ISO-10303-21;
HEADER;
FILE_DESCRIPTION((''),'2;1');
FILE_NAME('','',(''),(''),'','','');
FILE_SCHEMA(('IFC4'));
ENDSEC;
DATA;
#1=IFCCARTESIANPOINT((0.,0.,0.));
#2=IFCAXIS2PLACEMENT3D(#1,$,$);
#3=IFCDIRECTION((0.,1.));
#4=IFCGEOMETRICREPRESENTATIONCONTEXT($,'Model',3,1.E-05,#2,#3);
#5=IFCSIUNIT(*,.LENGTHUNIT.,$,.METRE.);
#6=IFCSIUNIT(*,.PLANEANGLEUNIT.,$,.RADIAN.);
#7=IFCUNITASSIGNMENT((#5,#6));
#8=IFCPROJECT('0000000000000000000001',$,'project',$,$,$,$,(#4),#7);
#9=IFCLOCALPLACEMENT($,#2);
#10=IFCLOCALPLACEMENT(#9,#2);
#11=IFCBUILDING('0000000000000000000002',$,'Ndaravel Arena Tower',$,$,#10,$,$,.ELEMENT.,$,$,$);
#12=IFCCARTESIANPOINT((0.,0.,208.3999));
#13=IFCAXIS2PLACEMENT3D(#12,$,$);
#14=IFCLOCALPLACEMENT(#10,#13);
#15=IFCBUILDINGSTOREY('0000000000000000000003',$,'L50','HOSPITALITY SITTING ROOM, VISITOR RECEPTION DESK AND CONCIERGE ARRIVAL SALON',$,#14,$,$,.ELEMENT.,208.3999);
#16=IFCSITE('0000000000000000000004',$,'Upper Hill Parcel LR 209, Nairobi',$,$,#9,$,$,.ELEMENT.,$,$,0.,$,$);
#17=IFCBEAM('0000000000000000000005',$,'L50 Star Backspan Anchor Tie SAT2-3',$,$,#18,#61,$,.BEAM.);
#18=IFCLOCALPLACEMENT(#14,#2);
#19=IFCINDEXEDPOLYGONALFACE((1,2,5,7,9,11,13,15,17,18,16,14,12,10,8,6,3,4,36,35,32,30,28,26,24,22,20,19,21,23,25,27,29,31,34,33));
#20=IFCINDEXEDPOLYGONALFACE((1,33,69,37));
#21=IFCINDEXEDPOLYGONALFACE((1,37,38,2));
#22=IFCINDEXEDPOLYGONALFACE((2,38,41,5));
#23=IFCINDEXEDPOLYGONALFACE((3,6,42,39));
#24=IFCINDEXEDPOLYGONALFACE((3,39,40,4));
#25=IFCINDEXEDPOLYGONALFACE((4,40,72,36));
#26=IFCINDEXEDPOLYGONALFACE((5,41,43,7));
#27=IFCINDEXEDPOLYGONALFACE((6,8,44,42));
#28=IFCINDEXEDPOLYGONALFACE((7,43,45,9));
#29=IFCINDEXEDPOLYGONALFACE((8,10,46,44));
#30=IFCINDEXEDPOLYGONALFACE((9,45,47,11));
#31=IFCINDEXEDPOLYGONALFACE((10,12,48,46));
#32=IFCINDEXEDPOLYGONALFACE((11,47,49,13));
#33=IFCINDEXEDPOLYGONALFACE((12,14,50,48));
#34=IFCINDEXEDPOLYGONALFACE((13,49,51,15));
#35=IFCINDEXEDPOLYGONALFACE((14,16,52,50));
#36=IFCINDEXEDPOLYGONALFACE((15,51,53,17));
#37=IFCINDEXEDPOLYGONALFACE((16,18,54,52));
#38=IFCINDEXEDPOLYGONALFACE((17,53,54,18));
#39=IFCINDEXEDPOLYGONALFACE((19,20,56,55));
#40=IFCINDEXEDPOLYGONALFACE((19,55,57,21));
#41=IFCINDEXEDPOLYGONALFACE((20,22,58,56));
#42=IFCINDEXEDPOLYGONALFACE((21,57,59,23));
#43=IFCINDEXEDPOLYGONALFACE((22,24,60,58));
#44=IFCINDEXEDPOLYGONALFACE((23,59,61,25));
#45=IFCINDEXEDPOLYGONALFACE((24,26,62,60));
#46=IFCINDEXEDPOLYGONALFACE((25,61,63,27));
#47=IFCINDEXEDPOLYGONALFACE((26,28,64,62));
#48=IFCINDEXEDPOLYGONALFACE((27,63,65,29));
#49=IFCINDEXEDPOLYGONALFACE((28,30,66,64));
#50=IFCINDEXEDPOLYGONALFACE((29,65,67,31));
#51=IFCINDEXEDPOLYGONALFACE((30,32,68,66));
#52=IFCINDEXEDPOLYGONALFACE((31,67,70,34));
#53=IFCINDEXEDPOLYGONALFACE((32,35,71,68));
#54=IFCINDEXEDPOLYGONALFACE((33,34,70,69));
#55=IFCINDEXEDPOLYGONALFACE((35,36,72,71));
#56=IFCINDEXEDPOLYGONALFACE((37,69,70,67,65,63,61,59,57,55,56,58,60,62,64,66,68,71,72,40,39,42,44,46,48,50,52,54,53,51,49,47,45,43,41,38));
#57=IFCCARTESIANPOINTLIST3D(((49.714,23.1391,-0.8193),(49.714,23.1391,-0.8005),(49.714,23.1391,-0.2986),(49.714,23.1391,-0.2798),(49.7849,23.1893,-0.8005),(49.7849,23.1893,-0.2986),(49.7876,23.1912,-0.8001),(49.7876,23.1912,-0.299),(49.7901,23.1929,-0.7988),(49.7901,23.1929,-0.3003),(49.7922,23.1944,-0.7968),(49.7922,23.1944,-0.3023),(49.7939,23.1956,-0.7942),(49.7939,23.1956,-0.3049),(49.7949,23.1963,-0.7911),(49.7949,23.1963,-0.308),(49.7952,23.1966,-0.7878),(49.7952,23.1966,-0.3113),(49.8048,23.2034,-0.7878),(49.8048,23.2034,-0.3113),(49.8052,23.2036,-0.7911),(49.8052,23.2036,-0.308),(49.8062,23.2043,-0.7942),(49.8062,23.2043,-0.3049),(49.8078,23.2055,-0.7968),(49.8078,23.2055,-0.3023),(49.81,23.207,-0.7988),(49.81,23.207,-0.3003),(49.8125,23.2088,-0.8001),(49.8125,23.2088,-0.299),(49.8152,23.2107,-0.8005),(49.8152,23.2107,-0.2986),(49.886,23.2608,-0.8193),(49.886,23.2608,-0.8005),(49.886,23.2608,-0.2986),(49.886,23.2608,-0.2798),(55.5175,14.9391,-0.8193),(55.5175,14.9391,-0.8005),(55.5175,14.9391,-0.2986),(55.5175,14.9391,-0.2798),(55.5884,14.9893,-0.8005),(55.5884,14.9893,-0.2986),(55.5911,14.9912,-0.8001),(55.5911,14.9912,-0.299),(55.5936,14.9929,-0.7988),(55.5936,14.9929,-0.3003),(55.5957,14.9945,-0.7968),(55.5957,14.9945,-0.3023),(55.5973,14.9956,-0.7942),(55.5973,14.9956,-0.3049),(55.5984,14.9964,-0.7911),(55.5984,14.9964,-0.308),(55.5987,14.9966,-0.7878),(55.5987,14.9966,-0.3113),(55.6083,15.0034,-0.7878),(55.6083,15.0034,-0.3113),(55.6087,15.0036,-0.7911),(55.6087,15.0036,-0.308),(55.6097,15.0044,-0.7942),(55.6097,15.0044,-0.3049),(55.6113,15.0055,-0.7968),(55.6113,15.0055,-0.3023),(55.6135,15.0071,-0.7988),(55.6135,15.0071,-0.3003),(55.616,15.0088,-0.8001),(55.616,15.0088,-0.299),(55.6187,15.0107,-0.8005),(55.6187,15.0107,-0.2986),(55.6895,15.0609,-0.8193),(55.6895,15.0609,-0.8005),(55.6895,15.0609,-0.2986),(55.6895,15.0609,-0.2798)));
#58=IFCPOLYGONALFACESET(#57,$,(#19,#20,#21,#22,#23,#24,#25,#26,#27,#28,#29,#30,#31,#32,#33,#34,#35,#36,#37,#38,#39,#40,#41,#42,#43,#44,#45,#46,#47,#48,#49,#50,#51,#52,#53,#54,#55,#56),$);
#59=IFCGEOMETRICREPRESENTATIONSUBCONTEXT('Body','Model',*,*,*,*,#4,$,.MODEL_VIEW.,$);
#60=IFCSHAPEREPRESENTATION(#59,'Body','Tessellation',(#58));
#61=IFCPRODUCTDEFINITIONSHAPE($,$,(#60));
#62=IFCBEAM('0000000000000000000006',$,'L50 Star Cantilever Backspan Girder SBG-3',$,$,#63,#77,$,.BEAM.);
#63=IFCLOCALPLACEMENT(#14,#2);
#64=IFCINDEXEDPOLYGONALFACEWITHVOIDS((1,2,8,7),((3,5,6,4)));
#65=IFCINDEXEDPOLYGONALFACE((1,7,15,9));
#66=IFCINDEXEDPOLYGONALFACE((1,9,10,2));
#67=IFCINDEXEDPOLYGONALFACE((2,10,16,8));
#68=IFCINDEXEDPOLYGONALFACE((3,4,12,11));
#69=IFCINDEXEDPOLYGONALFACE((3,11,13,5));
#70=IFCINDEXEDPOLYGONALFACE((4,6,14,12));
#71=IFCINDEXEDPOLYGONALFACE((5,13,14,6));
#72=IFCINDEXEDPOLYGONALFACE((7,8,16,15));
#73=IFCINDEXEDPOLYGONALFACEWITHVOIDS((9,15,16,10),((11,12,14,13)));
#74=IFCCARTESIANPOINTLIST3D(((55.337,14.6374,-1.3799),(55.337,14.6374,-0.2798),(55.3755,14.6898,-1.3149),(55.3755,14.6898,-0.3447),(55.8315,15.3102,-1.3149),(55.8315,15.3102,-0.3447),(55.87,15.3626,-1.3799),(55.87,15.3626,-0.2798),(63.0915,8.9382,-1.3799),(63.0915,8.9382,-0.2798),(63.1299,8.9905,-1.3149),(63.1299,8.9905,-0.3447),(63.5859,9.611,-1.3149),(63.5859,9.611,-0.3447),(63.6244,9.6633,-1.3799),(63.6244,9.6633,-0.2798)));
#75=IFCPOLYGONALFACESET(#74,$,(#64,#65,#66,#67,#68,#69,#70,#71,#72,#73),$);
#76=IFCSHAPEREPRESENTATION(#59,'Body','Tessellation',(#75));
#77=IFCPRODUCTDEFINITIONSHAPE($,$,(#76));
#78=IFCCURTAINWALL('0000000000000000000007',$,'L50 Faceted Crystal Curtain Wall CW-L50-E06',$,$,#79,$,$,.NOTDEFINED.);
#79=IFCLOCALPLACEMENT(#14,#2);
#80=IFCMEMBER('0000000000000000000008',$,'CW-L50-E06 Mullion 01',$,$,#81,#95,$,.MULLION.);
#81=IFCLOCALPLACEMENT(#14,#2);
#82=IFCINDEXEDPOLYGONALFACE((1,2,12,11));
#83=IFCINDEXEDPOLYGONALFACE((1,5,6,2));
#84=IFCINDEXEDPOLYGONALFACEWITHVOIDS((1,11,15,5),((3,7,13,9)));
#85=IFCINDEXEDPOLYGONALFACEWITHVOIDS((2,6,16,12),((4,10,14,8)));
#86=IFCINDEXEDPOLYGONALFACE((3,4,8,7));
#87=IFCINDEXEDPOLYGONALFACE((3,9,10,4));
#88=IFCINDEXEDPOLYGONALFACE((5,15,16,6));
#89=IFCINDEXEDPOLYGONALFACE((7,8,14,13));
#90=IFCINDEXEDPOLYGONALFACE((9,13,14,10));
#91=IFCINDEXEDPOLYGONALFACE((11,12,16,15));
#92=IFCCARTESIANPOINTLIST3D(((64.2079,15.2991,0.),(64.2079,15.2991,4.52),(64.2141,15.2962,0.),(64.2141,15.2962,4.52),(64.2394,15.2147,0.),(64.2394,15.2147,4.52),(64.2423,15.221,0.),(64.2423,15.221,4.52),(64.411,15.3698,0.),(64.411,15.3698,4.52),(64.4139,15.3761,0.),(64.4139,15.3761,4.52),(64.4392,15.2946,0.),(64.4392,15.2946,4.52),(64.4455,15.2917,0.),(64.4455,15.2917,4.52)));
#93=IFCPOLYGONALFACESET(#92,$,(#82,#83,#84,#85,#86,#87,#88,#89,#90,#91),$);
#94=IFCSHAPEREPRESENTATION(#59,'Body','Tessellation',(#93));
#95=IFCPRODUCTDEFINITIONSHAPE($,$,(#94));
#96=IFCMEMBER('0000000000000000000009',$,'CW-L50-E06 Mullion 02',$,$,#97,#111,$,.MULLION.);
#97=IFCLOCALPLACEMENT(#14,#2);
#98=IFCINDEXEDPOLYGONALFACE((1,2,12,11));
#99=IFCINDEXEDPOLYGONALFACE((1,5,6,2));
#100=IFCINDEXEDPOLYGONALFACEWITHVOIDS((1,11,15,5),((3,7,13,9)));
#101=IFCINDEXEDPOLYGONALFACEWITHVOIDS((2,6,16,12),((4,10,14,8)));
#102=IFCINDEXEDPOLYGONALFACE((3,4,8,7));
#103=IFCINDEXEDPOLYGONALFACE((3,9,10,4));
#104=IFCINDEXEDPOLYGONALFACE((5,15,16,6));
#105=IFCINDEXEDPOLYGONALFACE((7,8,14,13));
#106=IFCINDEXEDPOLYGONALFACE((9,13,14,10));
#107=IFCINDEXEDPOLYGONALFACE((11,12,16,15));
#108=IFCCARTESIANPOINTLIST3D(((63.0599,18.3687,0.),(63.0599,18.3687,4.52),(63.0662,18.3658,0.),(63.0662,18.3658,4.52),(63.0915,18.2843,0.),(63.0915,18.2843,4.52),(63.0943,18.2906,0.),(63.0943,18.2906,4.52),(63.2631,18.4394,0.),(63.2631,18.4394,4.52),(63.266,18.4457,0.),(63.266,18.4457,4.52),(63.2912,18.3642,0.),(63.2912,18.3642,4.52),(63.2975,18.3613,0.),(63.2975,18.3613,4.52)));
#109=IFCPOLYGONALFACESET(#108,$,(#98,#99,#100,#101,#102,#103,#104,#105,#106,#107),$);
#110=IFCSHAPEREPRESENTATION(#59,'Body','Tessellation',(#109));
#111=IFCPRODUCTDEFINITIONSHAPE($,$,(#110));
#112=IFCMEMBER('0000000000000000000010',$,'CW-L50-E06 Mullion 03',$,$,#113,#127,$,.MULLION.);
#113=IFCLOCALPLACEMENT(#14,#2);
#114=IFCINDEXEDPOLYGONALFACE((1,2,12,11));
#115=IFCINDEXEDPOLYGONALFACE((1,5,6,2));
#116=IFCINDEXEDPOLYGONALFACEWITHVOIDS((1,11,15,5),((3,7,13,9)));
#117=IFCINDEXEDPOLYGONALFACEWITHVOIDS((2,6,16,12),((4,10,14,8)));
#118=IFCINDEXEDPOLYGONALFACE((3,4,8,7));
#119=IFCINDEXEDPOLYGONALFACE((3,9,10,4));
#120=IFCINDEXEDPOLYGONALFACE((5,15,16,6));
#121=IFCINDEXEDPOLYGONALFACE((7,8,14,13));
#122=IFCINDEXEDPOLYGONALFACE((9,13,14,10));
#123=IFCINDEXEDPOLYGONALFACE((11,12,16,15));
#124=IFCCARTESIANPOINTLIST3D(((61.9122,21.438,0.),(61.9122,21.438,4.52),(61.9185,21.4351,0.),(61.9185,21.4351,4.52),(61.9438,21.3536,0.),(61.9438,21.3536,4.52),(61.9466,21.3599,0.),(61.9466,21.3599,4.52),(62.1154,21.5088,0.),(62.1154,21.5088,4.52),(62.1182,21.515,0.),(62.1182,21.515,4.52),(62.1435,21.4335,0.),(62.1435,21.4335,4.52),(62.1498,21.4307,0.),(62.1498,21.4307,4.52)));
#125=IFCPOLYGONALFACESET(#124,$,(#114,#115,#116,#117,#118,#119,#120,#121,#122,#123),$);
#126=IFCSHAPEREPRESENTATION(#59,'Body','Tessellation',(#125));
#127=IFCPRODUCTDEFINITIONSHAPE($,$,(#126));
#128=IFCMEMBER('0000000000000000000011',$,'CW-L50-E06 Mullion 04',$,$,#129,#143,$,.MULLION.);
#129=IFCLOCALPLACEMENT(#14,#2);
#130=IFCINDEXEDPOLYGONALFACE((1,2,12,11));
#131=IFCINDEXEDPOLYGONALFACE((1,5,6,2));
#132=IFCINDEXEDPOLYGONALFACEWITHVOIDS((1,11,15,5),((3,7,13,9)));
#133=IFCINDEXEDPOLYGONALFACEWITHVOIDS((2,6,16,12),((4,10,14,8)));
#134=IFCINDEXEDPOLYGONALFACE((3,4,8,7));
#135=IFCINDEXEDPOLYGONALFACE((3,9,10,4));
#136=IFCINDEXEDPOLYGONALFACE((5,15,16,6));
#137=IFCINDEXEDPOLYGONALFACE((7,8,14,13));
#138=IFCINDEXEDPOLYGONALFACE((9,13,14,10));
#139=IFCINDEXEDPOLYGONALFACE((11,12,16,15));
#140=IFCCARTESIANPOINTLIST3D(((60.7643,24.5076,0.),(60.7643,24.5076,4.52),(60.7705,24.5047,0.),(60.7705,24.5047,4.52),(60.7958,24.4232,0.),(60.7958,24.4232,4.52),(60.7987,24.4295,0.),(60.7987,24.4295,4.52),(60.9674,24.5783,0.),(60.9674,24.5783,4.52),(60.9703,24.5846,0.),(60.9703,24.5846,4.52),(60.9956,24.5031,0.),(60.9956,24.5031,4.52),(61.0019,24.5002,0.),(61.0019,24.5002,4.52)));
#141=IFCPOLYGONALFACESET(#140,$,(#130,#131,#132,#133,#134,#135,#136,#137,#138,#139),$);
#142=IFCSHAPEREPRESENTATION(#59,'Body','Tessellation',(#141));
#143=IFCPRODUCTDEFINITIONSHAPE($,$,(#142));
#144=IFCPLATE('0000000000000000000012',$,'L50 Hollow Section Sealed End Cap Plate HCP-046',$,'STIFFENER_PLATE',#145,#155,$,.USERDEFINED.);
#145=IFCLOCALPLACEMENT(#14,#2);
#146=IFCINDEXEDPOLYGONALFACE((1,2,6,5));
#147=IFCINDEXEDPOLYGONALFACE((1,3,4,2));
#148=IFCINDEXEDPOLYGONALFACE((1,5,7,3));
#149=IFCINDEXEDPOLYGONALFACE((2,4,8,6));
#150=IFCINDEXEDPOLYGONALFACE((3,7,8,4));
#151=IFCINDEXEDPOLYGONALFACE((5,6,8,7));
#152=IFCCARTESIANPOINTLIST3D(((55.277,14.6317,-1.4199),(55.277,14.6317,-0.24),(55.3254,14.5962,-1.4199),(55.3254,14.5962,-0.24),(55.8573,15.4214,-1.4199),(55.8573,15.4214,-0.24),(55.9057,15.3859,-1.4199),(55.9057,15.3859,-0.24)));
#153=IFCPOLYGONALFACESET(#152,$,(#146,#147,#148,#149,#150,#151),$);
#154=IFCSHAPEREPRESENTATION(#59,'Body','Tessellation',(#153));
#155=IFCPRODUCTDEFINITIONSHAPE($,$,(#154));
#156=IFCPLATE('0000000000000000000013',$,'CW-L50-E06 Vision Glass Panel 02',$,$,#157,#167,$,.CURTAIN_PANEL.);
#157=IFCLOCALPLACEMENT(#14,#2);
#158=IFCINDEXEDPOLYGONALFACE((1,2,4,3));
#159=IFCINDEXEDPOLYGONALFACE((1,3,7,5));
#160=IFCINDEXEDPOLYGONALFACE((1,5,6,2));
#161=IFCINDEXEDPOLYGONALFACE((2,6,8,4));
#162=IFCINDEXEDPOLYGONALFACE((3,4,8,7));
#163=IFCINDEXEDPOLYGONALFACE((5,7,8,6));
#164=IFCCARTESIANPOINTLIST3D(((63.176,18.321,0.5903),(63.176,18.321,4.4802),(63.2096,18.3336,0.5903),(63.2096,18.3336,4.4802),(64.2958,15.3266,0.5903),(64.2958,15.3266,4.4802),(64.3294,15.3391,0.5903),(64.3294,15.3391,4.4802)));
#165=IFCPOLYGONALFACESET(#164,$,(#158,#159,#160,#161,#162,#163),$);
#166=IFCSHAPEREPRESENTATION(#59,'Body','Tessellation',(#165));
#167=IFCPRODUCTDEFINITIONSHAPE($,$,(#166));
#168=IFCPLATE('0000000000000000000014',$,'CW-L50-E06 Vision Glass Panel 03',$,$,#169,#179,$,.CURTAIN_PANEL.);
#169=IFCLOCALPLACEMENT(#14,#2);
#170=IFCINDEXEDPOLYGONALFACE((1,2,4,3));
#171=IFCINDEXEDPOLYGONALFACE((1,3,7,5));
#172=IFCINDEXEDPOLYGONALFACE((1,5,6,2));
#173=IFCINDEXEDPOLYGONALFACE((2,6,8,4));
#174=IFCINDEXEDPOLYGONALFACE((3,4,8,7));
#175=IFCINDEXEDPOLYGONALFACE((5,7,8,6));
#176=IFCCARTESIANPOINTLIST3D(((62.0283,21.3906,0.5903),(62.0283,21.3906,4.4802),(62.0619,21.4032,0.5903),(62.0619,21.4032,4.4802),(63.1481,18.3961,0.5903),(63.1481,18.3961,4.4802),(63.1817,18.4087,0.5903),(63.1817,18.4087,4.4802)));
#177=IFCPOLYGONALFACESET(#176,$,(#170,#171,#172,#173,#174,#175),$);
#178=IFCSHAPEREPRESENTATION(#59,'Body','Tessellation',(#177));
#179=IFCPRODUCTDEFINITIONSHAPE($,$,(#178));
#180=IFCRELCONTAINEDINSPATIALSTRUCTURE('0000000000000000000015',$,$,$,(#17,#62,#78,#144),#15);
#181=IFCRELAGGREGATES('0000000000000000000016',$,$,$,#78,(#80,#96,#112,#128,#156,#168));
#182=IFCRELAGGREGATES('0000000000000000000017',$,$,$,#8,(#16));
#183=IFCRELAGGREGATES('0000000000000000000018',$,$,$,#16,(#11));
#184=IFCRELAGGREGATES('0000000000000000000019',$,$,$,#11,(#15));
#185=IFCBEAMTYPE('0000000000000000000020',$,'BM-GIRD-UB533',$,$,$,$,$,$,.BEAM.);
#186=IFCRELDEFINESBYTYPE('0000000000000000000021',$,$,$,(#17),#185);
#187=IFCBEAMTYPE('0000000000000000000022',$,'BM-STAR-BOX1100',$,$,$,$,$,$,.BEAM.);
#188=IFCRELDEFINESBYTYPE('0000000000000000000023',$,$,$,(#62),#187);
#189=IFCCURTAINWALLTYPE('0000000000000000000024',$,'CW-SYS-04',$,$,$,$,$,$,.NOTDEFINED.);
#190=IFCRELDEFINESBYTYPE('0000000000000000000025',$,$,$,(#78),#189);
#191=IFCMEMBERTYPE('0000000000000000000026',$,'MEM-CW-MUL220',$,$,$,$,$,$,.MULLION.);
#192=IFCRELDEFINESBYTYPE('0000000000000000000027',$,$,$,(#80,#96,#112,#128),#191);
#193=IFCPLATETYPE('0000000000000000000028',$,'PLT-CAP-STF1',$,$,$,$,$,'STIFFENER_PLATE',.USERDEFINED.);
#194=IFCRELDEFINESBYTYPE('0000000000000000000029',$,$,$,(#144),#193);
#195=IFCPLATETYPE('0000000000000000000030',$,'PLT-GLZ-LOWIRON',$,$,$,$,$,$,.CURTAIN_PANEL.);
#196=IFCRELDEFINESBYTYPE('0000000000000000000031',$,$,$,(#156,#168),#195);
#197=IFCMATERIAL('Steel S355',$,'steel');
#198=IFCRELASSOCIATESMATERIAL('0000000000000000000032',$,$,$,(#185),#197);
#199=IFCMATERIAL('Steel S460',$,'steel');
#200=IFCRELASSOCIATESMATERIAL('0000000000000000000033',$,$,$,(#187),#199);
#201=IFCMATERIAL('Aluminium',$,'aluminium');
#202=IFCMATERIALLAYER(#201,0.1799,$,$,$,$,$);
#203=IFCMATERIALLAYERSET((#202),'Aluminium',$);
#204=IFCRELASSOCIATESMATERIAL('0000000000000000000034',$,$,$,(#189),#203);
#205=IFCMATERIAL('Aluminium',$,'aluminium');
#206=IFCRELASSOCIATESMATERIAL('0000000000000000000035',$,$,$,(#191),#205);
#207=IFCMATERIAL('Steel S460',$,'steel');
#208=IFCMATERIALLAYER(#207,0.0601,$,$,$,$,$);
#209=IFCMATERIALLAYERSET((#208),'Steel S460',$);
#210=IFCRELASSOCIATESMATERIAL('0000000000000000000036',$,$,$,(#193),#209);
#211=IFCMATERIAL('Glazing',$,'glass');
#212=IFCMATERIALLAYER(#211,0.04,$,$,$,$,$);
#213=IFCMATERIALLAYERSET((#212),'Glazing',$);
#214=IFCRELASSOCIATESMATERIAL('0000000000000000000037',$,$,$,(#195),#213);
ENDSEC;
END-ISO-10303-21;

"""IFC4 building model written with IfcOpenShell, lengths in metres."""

from ifc_helpers import new_model, si_unit, direction, frame, origin, origin_2d, place, context, subcontext, project, spatial, rectangle, hollow_rectangle, i_section, extrude, material, layer, layer_set, material_profile, profile_set, type_object, element, aggregate, save


model = new_model("IFC4")

# Units and contexts
model_context = context("Model", 3, precision=1e-05, world=origin(), true_north=direction((0.0, 1.0)))
body_context = subcontext(model_context, "Body", "Model", "MODEL_VIEW")
ifc_project = project(units=[si_unit("LENGTHUNIT", "METRE"), si_unit("PLANEANGLEUNIT", "RADIAN")], contexts=[model_context])

# Site, building, storey
site_placement = place(None, origin())
site = spatial("IfcSite", under=ifc_project, at=site_placement, Name="Upper Hill Parcel LR 209, Nairobi", CompositionType="ELEMENT", RefElevation=0.0)
building_placement = place(site_placement, origin())
building = spatial("IfcBuilding", under=site, at=building_placement, Name="Ndaravel Arena Tower", CompositionType="ELEMENT")
storey_placement = place(building_placement, frame((0.0, 0.0, 208.3999)))
storey = spatial("IfcBuildingStorey", under=building, at=storey_placement, Name="L50", Description="HOSPITALITY SITTING ROOM, VISITOR RECEPTION DESK AND CONCIERGE ARRIVAL SALON", CompositionType="ELEMENT", Elevation=208.3999)

# Beams
ifc_material_1 = material(Name="Steel S355", Category="steel")
ifc_material_profile_1 = material_profile(ifc_material_1, i_section(OverallWidth=0.2107, OverallDepth=0.5396, WebThickness=0.0117, FlangeThickness=0.0188, FilletRadius=0.0127, at=origin_2d()), Name="UB 533x210x109")
ifc_profile_set_1 = profile_set([ifc_material_profile_1], Name="Steel S355")
beam_type_1 = type_object("IfcBeamType", Name="BM-GIRD-UB533", PredefinedType="BEAM", material=ifc_profile_set_1)
beam_1_placement = place(storey_placement, frame((55.6035, 15.0, -0.5496), z_axis=(-0.577697, 0.816251, 0.0), x_axis=(-0.816251, -0.577697, 0.0)))
element("IfcBeam", 1, at=beam_1_placement, inside=storey, type_object=beam_type_1, Name="L50 Star Backspan Anchor Tie SAT2-3", PredefinedType="BEAM", context=body_context, shape_type="SweptSolid", body=[
    extrude(i_section(OverallWidth=0.2107, OverallDepth=0.5396, WebThickness=0.0117, FlangeThickness=0.0188, FilletRadius=0.0127, at=origin_2d()), origin(), (0.0, 0.0, 1.0), 10.0459),
])
ifc_material_2 = material(Name="Steel S460", Category="steel")
ifc_material_profile_2 = material_profile(ifc_material_2, hollow_rectangle(XDim=0.8999, YDim=1.1001, WallThickness=0.0649, at=origin_2d()), Name="BOX 1100x900x65")
ifc_profile_set_2 = profile_set([ifc_material_profile_2], Name="Steel S460")
beam_type_2 = type_object("IfcBeamType", Name="BM-STAR-BOX1100", PredefinedType="BEAM", material=ifc_profile_set_2)
beam_2_placement = place(storey_placement, frame((55.6035, 15.0, -0.8298), z_axis=(0.805777, -0.592219, 0.0), x_axis=(0.592219, 0.805777, 0.0)))
element("IfcBeam", 2, at=beam_2_placement, inside=storey, type_object=beam_type_2, Name="L50 Star Cantilever Backspan Girder SBG-3", PredefinedType="BEAM", context=body_context, shape_type="SweptSolid", body=[
    extrude(hollow_rectangle(XDim=0.8999, YDim=1.1001, WallThickness=0.0649, at=origin_2d()), origin(), (0.0, 0.0, 1.0), 9.6235),
])

# Curtain wall, members
ifc_material_3 = material(Name="Aluminium", Category="aluminium")
ifc_layer_1 = layer(ifc_material_3, 0.1799)
ifc_layer_set_1 = layer_set([ifc_layer_1], Name="Aluminium")
curtain_wall_type = type_object("IfcCurtainWallType", Name="CW-SYS-04", PredefinedType="NOTDEFINED", material=ifc_layer_set_1)
curtain_wall_placement = place(storey_placement, origin())
curtain_wall = element("IfcCurtainWall", 3, at=curtain_wall_placement, inside=storey, type_object=curtain_wall_type, Name="L50 Faceted Crystal Curtain Wall CW-L50-E06", PredefinedType="NOTDEFINED")
ifc_material_4 = material(Name="Aluminium", Category="aluminium")
ifc_material_profile_3 = material_profile(ifc_material_4, hollow_rectangle(XDim=0.0901, YDim=0.22, WallThickness=0.0049, at=origin_2d()), Name="CW MULLION 90x220x5")
ifc_profile_set_3 = profile_set([ifc_material_profile_3], Name="Aluminium")
member_type = type_object("IfcMemberType", Name="MEM-CW-MUL220", PredefinedType="MULLION", material=ifc_profile_set_3)
member_1_placement = place(storey_placement, frame((64.3267, 15.2954, 0.0), z_axis=(0.0, 0.0, 1.0), x_axis=(-0.350273, 0.936648, 0.0)))
member_1 = element("IfcMember", 4, at=member_1_placement, type_object=member_type, Name="CW-L50-E06 Mullion 01", PredefinedType="MULLION", context=body_context, shape_type="SweptSolid", body=[
    extrude(hollow_rectangle(XDim=0.0901, YDim=0.22, WallThickness=0.0049, at=origin_2d()), origin(), (0.0, 0.0, 1.0), 4.52),
])
member_2_placement = place(storey_placement, frame((63.1787, 18.365, 0.0), z_axis=(0.0, 0.0, 1.0), x_axis=(-0.350273, 0.936648, 0.0)))
member_2 = element("IfcMember", 5, at=member_2_placement, type_object=member_type, Name="CW-L50-E06 Mullion 02", PredefinedType="MULLION", context=body_context, shape_type="SweptSolid", body=[
    extrude(hollow_rectangle(XDim=0.0901, YDim=0.22, WallThickness=0.0049, at=origin_2d()), origin(), (0.0, 0.0, 1.0), 4.52),
])
member_3_placement = place(storey_placement, frame((62.031, 21.4343, 0.0), z_axis=(0.0, 0.0, 1.0), x_axis=(-0.350273, 0.936648, 0.0)))
member_3 = element("IfcMember", 6, at=member_3_placement, type_object=member_type, Name="CW-L50-E06 Mullion 03", PredefinedType="MULLION", context=body_context, shape_type="SweptSolid", body=[
    extrude(hollow_rectangle(XDim=0.0901, YDim=0.22, WallThickness=0.0049, at=origin_2d()), origin(), (0.0, 0.0, 1.0), 4.52),
])
member_4_placement = place(storey_placement, frame((60.8831, 24.5039, 0.0), z_axis=(0.0, 0.0, 1.0), x_axis=(-0.350273, 0.936648, 0.0)))
member_4 = element("IfcMember", 7, at=member_4_placement, type_object=member_type, Name="CW-L50-E06 Mullion 04", PredefinedType="MULLION", context=body_context, shape_type="SweptSolid", body=[
    extrude(hollow_rectangle(XDim=0.0901, YDim=0.22, WallThickness=0.0049, at=origin_2d()), origin(), (0.0, 0.0, 1.0), 4.52),
])

# Plates
ifc_material_5 = material(Name="Steel S460", Category="steel")
ifc_layer_2 = layer(ifc_material_5, 0.0601)
ifc_layer_set_2 = layer_set([ifc_layer_2], Name="Steel S460")
plate_type_1 = type_object("IfcPlateType", Name="PLT-CAP-STF1", ElementType="STIFFENER_PLATE", PredefinedType="USERDEFINED", material=ifc_layer_set_2)
plate_1_placement = place(storey_placement, frame((55.5913, 15.0088, -1.4199), z_axis=(0.0, 0.0, 1.0), x_axis=(0.805825, -0.592154, 0.0)))
element("IfcPlate", 8, at=plate_1_placement, inside=storey, type_object=plate_type_1, Name="L50 Hollow Section Sealed End Cap Plate HCP-046", ObjectType="STIFFENER_PLATE", PredefinedType="USERDEFINED", context=body_context, shape_type="SweptSolid", body=[
    extrude(rectangle(XDim=0.0601, YDim=0.98, at=origin_2d()), origin(), (0.0, 0.0, 1.0), 1.1799),
])
ifc_material_6 = material(Name="Glazing", Category="glass")
ifc_layer_3 = layer(ifc_material_6, 0.04)
ifc_layer_set_3 = layer_set([ifc_layer_3], Name="Glazing")
plate_type_2 = type_object("IfcPlateType", Name="PLT-GLZ-LOWIRON", PredefinedType="CURTAIN_PANEL", material=ifc_layer_set_3)
plate_2_placement = place(storey_placement, frame((63.7527, 16.8301, 0.5903), z_axis=(0.0, 0.0, 1.0), x_axis=(-0.350273, 0.936648, 0.0)))
plate_2 = element("IfcPlate", 9, at=plate_2_placement, type_object=plate_type_2, Name="CW-L50-E06 Vision Glass Panel 02", PredefinedType="CURTAIN_PANEL", context=body_context, shape_type="SweptSolid", body=[
    extrude(rectangle(XDim=3.197, YDim=0.0359, at=origin_2d()), origin(), (0.0, 0.0, 1.0), 3.8899),
])
plate_3_placement = place(storey_placement, frame((62.605, 19.8997, 0.5903), z_axis=(0.0, 0.0, 1.0), x_axis=(-0.350273, 0.936648, 0.0)))
plate_3 = element("IfcPlate", 10, at=plate_3_placement, type_object=plate_type_2, Name="CW-L50-E06 Vision Glass Panel 03", PredefinedType="CURTAIN_PANEL", context=body_context, shape_type="SweptSolid", body=[
    extrude(rectangle(XDim=3.197, YDim=0.0359, at=origin_2d()), origin(), (0.0, 0.0, 1.0), 3.8899),
])
aggregate(curtain_wall, [member_1, member_2, member_3, member_4, plate_2, plate_3])

save(model, "model.ifc")
